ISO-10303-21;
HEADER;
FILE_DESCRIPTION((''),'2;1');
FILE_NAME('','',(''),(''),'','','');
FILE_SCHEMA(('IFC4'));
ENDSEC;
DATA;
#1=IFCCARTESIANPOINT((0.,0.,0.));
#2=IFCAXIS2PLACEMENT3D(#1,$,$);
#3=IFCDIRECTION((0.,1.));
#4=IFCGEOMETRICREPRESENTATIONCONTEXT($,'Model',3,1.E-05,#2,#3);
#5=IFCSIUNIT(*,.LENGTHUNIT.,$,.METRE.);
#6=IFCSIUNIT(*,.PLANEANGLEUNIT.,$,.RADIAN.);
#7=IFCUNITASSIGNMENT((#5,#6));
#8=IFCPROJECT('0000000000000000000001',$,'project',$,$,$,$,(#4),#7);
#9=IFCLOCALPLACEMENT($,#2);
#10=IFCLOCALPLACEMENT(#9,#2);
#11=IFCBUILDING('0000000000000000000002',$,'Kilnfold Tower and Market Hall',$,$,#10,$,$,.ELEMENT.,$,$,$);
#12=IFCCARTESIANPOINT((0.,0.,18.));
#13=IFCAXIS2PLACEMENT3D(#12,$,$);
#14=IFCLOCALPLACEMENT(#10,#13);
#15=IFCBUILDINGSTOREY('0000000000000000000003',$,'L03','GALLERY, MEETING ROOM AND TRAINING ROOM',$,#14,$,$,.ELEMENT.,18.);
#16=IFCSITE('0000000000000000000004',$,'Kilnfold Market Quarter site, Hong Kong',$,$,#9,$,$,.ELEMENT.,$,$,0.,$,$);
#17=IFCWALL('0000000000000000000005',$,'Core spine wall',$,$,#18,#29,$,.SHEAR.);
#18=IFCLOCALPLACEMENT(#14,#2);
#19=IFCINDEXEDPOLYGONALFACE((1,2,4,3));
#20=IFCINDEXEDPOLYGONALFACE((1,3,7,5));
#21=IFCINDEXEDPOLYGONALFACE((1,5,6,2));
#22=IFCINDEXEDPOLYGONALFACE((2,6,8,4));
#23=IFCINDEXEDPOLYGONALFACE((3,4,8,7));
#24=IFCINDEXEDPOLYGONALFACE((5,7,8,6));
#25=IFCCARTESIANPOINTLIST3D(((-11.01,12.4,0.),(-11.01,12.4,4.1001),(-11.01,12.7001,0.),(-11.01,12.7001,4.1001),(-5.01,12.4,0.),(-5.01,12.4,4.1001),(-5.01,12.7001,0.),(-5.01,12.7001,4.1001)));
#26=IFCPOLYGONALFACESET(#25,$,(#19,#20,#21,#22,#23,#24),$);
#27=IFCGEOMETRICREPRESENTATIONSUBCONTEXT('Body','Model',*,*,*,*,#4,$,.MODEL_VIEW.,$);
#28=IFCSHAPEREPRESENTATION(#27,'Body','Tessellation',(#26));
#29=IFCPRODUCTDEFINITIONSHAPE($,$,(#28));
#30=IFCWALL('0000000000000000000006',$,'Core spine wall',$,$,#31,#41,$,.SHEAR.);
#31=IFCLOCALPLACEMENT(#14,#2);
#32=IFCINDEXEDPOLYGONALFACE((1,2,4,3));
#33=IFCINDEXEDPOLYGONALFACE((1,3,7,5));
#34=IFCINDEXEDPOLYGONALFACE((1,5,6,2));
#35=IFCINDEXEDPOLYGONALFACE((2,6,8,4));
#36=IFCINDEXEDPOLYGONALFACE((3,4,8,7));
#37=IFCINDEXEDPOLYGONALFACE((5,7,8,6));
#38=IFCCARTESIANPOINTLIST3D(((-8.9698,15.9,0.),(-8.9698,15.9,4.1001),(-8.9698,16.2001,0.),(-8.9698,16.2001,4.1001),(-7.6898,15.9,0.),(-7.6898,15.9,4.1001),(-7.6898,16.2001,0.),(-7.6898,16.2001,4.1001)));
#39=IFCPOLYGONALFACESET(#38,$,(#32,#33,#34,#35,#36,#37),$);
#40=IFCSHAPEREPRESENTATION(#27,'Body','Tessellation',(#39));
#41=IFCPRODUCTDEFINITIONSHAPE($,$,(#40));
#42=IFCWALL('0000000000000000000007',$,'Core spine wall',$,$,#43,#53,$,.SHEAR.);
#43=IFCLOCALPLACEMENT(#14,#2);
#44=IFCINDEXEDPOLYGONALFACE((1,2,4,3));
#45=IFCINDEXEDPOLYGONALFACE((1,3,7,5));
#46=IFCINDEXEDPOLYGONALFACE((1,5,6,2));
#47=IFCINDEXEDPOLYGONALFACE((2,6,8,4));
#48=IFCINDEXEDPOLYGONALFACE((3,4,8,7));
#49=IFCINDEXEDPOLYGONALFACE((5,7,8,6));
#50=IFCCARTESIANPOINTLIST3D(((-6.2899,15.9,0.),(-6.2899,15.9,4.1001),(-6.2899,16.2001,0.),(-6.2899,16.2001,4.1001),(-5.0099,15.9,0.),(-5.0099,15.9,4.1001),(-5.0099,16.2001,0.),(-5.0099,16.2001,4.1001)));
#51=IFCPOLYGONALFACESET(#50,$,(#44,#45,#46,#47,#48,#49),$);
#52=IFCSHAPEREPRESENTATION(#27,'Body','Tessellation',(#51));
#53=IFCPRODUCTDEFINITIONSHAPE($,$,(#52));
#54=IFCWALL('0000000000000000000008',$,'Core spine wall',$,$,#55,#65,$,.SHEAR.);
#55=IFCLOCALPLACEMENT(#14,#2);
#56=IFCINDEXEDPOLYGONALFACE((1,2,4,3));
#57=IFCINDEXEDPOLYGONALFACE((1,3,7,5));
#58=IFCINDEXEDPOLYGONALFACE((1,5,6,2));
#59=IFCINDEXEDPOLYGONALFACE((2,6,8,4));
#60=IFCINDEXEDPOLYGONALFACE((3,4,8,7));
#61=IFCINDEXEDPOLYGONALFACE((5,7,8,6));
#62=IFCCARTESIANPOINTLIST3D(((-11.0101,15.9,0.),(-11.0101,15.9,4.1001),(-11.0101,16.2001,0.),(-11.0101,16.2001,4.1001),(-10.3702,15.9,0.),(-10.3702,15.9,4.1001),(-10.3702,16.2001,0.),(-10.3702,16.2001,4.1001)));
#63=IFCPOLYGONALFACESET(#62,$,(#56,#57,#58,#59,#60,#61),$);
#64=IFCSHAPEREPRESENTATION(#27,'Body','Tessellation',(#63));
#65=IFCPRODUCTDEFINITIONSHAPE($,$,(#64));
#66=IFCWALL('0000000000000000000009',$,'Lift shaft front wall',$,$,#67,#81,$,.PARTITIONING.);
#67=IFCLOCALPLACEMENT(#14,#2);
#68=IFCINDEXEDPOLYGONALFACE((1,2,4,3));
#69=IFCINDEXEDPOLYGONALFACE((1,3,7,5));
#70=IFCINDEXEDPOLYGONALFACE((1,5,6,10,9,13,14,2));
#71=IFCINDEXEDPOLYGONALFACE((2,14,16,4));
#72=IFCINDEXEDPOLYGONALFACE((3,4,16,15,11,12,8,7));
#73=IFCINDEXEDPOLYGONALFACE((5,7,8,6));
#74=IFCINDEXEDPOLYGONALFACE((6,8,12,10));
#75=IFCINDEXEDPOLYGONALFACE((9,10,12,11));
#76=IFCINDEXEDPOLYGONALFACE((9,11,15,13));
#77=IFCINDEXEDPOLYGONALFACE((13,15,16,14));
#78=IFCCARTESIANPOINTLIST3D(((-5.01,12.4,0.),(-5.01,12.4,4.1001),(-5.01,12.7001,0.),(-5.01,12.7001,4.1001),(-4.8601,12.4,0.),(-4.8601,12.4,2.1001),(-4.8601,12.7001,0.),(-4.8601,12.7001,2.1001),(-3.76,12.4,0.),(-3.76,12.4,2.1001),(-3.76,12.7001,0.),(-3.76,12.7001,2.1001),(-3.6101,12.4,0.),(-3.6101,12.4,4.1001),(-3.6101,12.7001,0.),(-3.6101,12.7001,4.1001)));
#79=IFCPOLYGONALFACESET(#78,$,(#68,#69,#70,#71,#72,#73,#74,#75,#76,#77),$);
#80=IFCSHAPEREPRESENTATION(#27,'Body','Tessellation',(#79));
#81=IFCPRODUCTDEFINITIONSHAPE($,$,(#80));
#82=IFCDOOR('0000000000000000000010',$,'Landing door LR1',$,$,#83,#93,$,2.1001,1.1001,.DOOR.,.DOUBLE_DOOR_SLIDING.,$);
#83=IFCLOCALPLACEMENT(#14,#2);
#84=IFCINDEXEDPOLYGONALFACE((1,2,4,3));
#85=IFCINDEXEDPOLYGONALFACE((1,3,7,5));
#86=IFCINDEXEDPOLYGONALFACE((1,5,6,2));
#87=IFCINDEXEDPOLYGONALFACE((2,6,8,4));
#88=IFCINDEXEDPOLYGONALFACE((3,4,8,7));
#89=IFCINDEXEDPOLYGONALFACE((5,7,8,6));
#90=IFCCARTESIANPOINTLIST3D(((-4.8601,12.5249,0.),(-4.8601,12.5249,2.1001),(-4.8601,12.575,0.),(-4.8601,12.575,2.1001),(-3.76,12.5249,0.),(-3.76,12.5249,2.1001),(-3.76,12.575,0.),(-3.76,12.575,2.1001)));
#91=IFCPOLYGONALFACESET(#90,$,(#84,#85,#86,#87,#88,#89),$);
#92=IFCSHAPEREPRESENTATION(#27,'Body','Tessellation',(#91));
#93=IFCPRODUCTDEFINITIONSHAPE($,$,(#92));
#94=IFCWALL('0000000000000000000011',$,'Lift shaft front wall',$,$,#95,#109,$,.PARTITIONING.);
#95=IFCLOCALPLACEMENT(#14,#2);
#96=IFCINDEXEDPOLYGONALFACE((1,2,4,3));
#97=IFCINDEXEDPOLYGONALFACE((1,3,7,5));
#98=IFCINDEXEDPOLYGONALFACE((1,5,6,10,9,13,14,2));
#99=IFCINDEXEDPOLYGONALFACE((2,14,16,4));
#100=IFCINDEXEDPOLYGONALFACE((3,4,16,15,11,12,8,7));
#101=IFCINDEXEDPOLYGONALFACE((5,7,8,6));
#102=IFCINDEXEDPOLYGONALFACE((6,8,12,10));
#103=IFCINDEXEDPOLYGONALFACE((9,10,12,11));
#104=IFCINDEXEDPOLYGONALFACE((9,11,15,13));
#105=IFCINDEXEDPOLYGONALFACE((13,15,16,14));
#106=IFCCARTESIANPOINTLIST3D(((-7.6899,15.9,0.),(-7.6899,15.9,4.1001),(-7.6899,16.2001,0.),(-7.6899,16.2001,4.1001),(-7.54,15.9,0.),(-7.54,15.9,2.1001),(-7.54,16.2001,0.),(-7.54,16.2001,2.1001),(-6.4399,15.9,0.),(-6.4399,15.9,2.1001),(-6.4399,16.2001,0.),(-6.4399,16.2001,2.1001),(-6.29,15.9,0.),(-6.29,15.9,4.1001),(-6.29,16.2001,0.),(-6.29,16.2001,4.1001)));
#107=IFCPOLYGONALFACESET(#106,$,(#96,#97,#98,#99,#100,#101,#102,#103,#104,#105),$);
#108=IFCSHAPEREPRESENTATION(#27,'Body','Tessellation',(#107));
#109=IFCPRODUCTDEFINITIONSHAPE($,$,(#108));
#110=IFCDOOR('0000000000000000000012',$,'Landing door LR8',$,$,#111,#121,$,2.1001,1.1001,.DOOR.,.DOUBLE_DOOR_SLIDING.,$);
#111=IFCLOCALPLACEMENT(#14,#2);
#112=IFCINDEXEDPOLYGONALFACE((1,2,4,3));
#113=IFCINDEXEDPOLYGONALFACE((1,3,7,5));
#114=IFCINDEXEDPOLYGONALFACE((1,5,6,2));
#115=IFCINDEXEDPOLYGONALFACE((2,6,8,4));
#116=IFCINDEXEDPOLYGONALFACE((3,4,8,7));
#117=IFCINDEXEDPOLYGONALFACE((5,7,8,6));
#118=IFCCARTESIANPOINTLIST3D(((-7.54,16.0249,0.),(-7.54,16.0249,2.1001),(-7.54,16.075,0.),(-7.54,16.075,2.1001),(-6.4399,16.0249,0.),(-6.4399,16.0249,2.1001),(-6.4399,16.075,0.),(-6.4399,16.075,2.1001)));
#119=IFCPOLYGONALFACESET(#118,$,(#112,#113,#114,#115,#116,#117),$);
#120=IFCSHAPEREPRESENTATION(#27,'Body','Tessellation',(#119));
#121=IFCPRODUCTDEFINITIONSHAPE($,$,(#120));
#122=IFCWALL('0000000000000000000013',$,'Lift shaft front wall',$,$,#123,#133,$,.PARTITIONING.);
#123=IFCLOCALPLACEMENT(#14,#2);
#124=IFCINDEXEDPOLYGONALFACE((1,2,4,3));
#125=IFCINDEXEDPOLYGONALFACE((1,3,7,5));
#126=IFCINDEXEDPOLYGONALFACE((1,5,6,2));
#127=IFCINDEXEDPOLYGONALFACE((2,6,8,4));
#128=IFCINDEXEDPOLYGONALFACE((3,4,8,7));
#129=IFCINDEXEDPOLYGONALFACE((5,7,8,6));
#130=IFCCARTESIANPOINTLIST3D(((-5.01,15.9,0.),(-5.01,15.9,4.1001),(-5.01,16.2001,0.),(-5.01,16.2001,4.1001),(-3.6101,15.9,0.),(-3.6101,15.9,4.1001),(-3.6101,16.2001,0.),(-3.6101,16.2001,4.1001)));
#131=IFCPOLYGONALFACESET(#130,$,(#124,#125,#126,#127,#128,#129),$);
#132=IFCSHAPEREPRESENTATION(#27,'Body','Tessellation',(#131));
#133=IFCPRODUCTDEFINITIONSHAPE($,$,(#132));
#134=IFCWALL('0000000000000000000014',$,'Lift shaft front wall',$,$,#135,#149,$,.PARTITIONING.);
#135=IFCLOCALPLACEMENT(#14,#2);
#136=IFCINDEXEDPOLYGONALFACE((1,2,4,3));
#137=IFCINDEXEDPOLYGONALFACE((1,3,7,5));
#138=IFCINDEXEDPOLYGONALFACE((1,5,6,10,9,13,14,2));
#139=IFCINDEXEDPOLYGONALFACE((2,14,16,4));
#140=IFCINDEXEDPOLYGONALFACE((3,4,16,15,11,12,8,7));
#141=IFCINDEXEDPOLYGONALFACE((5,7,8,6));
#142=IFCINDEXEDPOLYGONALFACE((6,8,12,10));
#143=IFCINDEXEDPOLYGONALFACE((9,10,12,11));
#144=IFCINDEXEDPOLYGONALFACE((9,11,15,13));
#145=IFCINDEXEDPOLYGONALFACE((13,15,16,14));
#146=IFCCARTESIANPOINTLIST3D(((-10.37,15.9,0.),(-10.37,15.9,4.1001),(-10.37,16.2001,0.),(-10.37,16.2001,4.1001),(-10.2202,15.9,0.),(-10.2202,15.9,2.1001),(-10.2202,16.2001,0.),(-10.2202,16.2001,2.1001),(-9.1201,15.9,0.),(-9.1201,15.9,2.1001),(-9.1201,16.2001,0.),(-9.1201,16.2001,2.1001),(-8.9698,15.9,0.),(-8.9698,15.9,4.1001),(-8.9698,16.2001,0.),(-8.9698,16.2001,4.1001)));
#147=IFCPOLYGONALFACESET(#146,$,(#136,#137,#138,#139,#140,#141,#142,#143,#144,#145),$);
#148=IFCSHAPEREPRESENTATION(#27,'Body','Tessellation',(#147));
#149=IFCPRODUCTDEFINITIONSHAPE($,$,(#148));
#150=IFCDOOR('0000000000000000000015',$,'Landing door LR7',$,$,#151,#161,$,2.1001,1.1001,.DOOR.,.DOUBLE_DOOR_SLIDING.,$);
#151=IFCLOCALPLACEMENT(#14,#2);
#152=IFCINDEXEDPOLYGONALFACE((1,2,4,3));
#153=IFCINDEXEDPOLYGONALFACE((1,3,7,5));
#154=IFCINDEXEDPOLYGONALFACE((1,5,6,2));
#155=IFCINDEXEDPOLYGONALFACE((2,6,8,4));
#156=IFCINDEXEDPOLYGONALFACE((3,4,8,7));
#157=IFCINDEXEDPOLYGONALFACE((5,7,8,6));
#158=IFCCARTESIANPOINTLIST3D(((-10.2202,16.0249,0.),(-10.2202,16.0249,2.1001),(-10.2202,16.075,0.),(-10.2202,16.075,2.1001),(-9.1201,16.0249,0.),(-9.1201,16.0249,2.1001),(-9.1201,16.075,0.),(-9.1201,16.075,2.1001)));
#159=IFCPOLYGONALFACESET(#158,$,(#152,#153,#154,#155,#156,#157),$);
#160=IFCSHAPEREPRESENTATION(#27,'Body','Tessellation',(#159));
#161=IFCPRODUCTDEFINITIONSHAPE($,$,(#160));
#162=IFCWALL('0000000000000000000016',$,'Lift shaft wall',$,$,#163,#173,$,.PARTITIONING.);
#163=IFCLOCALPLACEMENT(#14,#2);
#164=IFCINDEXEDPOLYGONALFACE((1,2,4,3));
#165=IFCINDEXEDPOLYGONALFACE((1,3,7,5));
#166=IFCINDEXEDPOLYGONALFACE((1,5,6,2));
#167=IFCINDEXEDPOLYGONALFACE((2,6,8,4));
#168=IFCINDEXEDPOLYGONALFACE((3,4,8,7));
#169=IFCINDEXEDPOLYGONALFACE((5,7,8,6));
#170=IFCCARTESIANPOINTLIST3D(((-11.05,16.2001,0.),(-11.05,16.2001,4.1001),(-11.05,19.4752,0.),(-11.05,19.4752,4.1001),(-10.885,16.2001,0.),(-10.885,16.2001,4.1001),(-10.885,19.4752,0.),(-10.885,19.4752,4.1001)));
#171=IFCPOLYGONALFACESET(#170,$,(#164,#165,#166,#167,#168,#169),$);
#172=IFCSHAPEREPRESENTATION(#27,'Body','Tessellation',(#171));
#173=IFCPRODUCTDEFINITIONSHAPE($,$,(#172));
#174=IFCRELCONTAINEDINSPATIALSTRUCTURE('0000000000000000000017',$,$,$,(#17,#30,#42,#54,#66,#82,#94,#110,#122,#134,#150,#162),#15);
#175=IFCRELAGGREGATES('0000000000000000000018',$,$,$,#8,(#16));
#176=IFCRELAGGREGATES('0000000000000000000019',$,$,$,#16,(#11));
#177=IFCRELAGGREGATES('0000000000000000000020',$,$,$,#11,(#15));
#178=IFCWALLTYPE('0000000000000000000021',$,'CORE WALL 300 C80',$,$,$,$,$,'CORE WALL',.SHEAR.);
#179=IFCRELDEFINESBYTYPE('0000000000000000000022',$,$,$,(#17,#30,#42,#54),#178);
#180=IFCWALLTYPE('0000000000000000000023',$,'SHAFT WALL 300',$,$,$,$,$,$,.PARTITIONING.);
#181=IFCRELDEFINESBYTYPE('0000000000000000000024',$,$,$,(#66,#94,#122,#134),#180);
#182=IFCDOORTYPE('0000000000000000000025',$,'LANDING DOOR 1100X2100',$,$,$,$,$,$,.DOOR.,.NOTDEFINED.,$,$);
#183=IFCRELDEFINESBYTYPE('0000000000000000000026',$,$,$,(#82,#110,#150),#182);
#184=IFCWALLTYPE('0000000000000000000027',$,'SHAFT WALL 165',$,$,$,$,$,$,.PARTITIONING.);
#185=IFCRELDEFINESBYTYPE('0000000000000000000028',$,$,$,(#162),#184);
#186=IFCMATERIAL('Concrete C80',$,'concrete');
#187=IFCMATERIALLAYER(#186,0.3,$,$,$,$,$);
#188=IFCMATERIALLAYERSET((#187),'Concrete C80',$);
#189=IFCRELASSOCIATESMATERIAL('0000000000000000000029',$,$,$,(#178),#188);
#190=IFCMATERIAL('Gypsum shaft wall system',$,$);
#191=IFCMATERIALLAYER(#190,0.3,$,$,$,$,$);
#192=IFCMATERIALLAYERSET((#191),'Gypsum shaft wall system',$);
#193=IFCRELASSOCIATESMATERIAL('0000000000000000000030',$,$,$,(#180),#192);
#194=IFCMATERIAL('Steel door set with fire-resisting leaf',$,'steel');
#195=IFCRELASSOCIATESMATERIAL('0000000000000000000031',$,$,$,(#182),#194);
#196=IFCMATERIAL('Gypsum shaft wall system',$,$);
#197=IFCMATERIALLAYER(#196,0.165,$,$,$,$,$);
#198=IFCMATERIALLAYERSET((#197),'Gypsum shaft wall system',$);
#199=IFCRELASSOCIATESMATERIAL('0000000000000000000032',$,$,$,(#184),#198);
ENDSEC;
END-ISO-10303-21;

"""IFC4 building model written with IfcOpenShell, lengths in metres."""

from ifc_helpers import new_model, si_unit, direction, frame, frame_2d, origin, place, context, subcontext, project, spatial, rectangle, extrude, source, transform, mapped, material, layer, layer_set, type_object, element, fill, save


model = new_model("IFC4")

# Units and contexts
model_context = context("Model", 3, precision=1e-05, world=origin(), true_north=direction((0.0, 1.0)))
body_context = subcontext(model_context, "Body", "Model", "MODEL_VIEW")
ifc_project = project(units=[si_unit("LENGTHUNIT", "METRE"), si_unit("PLANEANGLEUNIT", "RADIAN")], contexts=[model_context])

# Site, building, storey
site_placement = place(None, origin())
site = spatial("IfcSite", under=ifc_project, at=site_placement, Name="Kilnfold Market Quarter site, Hong Kong", CompositionType="ELEMENT", RefElevation=0.0)
building_placement = place(site_placement, origin())
building = spatial("IfcBuilding", under=site, at=building_placement, Name="Kilnfold Tower and Market Hall", CompositionType="ELEMENT")
storey_placement = place(building_placement, frame((0.0, 0.0, 18.0)))
storey = spatial("IfcBuildingStorey", under=building, at=storey_placement, Name="L03", Description="GALLERY, MEETING ROOM AND TRAINING ROOM", CompositionType="ELEMENT", Elevation=18.0)

# Walls
ifc_material_1 = material(Name="Concrete C80", Category="concrete")
ifc_layer_1 = layer(ifc_material_1, 0.3)
ifc_layer_set_1 = layer_set([ifc_layer_1], Name="Concrete C80")
wall_type_1 = type_object("IfcWallType", Name="CORE WALL 300 C80", ElementType="CORE WALL", PredefinedType="SHEAR", material=ifc_layer_set_1)
shared_shape_1 = source(origin(), body_context, "Body", "SweptSolid", [
    extrude(rectangle(XDim=6.0, YDim=0.3, at=frame_2d((3.0, 0.0))), origin(), (0.0, 0.0, 1.0), 4.1001),
])
wall_1_placement = place(storey_placement, frame((-11.01, 12.55, 0.0), z_axis=(0.0, 0.0, 1.0), x_axis=(1.0, 0.0, 0.0)))
element("IfcWall", 1, at=wall_1_placement, inside=storey, type_object=wall_type_1, Name="Core spine wall", PredefinedType="SHEAR", context=body_context, shape_type="MappedRepresentation", body=[
    mapped(shared_shape_1, transform((0.0, 0.0, 0.0))),
])
shared_shape_2 = source(origin(), body_context, "Body", "SweptSolid", [
    extrude(rectangle(XDim=1.28, YDim=0.3, at=frame_2d((0.6401, 0.0))), origin(), (0.0, 0.0, 1.0), 4.1001),
])
for number, where, z_axis, x_axis, name in (
    (2, (-8.97, 16.05, 0.0), (0.0, 0.0, 1.0), (1.0, 0.0, 0.0), "Core spine wall"),
    (3, (-6.29, 16.05, 0.0), (0.0, 0.0, 1.0), (1.0, 0.0, 0.0), "Core spine wall"),
):
    element("IfcWall", number, at=place(storey_placement, frame(where, z_axis=z_axis, x_axis=x_axis)), inside=storey, type_object=wall_type_1, Name=name, PredefinedType="SHEAR", context=body_context, shape_type="MappedRepresentation", body=[
        mapped(shared_shape_2, transform((0.0, 0.0, 0.0))),
    ])
shared_shape_3 = source(origin(), body_context, "Body", "SweptSolid", [
    extrude(rectangle(XDim=0.6399, YDim=0.3, at=frame_2d((0.3198, 0.0))), origin(), (0.0, 0.0, 1.0), 4.1001),
])
wall_2_placement = place(storey_placement, frame((-11.01, 16.05, 0.0), z_axis=(0.0, 0.0, 1.0), x_axis=(1.0, 0.0, 0.0)))
element("IfcWall", 4, at=wall_2_placement, inside=storey, type_object=wall_type_1, Name="Core spine wall", PredefinedType="SHEAR", context=body_context, shape_type="MappedRepresentation", body=[
    mapped(shared_shape_3, transform((0.0, 0.0, 0.0))),
])

# Walls, openings, doors
ifc_material_2 = material(Name="Gypsum shaft wall system")
ifc_layer_2 = layer(ifc_material_2, 0.3)
ifc_layer_set_2 = layer_set([ifc_layer_2], Name="Gypsum shaft wall system")
wall_type_2 = type_object("IfcWallType", Name="SHAFT WALL 300", PredefinedType="PARTITIONING", material=ifc_layer_set_2)
shared_shape_4 = source(origin(), body_context, "Body", "SweptSolid", [
    extrude(rectangle(XDim=1.3999, YDim=0.3, at=frame_2d((0.7, 0.0))), origin(), (0.0, 0.0, 1.0), 4.1001),
])
wall_3_placement = place(storey_placement, frame((-5.01, 12.55, 0.0), z_axis=(0.0, 0.0, 1.0), x_axis=(1.0, 0.0, 0.0)))
wall_3 = element("IfcWall", 5, at=wall_3_placement, inside=storey, type_object=wall_type_2, Name="Lift shaft front wall", PredefinedType="PARTITIONING", context=body_context, shape_type="MappedRepresentation", body=[
    mapped(shared_shape_4, transform((0.0, 0.0, 0.0))),
])
opening_1_placement = place(wall_3_placement, frame((0.1499, 0.0, 0.0)))
opening_1 = element("IfcOpeningElement", 6, at=opening_1_placement, cuts=wall_3, PredefinedType="OPENING", context=body_context, shape_type="SweptSolid", body=[
    extrude(rectangle(XDim=1.1001, YDim=2.1001, at=frame_2d((0.55, 1.05))), frame((0.0, 0.1602, 0.0), z_axis=(0.0, -1.0, 0.0), x_axis=(1.0, 0.0, 0.0)), (0.0, 0.0, 1.0), 0.3201),
])
ifc_material_3 = material(Name="Steel door set with fire-resisting leaf", Category="steel")
door_type = type_object("IfcDoorType", Name="LANDING DOOR 1100X2100", OperationType="NOTDEFINED", PredefinedType="DOOR", material=ifc_material_3)
door_1_placement = place(opening_1_placement, origin())
door_1 = element("IfcDoor", 7, at=door_1_placement, inside=storey, type_object=door_type, Name="Landing door LR1", OperationType="DOUBLE_DOOR_SLIDING", OverallHeight=2.1001, OverallWidth=1.1001, PredefinedType="DOOR", context=body_context, shape_type="SweptSolid", body=[
    extrude(rectangle(XDim=1.1001, YDim=2.1001, at=frame_2d((0.55, 1.05))), frame((0.0, 0.0249, 0.0), z_axis=(0.0, -1.0, 0.0), x_axis=(1.0, 0.0, 0.0)), (0.0, 0.0, 1.0), 0.05),
])
fill(opening_1, door_1)
wall_4_placement = place(storey_placement, frame((-7.6899, 16.05, 0.0), z_axis=(0.0, 0.0, 1.0), x_axis=(1.0, 0.0, 0.0)))
wall_4 = element("IfcWall", 8, at=wall_4_placement, inside=storey, type_object=wall_type_2, Name="Lift shaft front wall", PredefinedType="PARTITIONING", context=body_context, shape_type="MappedRepresentation", body=[
    mapped(shared_shape_4, transform((0.0, 0.0, 0.0))),
])
opening_2_placement = place(wall_4_placement, frame((0.1499, 0.0, 0.0)))
opening_2 = element("IfcOpeningElement", 9, at=opening_2_placement, cuts=wall_4, PredefinedType="OPENING", context=body_context, shape_type="SweptSolid", body=[
    extrude(rectangle(XDim=1.1001, YDim=2.1001, at=frame_2d((0.55, 1.05))), frame((0.0, 0.1602, 0.0), z_axis=(0.0, -1.0, 0.0), x_axis=(1.0, 0.0, 0.0)), (0.0, 0.0, 1.0), 0.3201),
])
door_2_placement = place(opening_2_placement, origin())
door_2 = element("IfcDoor", 10, at=door_2_placement, inside=storey, type_object=door_type, Name="Landing door LR8", OperationType="DOUBLE_DOOR_SLIDING", OverallHeight=2.1001, OverallWidth=1.1001, PredefinedType="DOOR", context=body_context, shape_type="SweptSolid", body=[
    extrude(rectangle(XDim=1.1001, YDim=2.1001, at=frame_2d((0.55, 1.05))), frame((0.0, 0.0249, 0.0), z_axis=(0.0, -1.0, 0.0), x_axis=(1.0, 0.0, 0.0)), (0.0, 0.0, 1.0), 0.05),
])
fill(opening_2, door_2)

# Wall
wall_5_placement = place(storey_placement, frame((-5.01, 16.05, 0.0), z_axis=(0.0, 0.0, 1.0), x_axis=(1.0, 0.0, 0.0)))
element("IfcWall", 11, at=wall_5_placement, inside=storey, type_object=wall_type_2, Name="Lift shaft front wall", PredefinedType="PARTITIONING", context=body_context, shape_type="MappedRepresentation", body=[
    mapped(shared_shape_4, transform((0.0, 0.0, 0.0))),
])

# Wall, opening, door
shared_shape_5 = source(origin(), body_context, "Body", "SweptSolid", [
    extrude(rectangle(XDim=1.4001, YDim=0.3, at=frame_2d((0.7002, 0.0))), origin(), (0.0, 0.0, 1.0), 4.1001),
])
wall_6_placement = place(storey_placement, frame((-10.3701, 16.05, 0.0), z_axis=(0.0, 0.0, 1.0), x_axis=(1.0, 0.0, 0.0)))
wall_6 = element("IfcWall", 12, at=wall_6_placement, inside=storey, type_object=wall_type_2, Name="Lift shaft front wall", PredefinedType="PARTITIONING", context=body_context, shape_type="MappedRepresentation", body=[
    mapped(shared_shape_5, transform((0.0, 0.0, 0.0))),
])
opening_3_placement = place(wall_6_placement, frame((0.1499, 0.0, 0.0)))
opening_3 = element("IfcOpeningElement", 13, at=opening_3_placement, cuts=wall_6, PredefinedType="OPENING", context=body_context, shape_type="SweptSolid", body=[
    extrude(rectangle(XDim=1.1001, YDim=2.1001, at=frame_2d((0.55, 1.05))), frame((0.0, 0.1602, 0.0), z_axis=(0.0, -1.0, 0.0), x_axis=(1.0, 0.0, 0.0)), (0.0, 0.0, 1.0), 0.3201),
])
door_3_placement = place(opening_3_placement, origin())
door_3 = element("IfcDoor", 14, at=door_3_placement, inside=storey, type_object=door_type, Name="Landing door LR7", OperationType="DOUBLE_DOOR_SLIDING", OverallHeight=2.1001, OverallWidth=1.1001, PredefinedType="DOOR", context=body_context, shape_type="SweptSolid", body=[
    extrude(rectangle(XDim=1.1001, YDim=2.1001, at=frame_2d((0.55, 1.05))), frame((0.0, 0.0249, 0.0), z_axis=(0.0, -1.0, 0.0), x_axis=(1.0, 0.0, 0.0)), (0.0, 0.0, 1.0), 0.05),
])
fill(opening_3, door_3)

# Wall
ifc_material_4 = material(Name="Gypsum shaft wall system")
ifc_layer_3 = layer(ifc_material_4, 0.165)
ifc_layer_set_3 = layer_set([ifc_layer_3], Name="Gypsum shaft wall system")
wall_type_3 = type_object("IfcWallType", Name="SHAFT WALL 165", PredefinedType="PARTITIONING", material=ifc_layer_set_3)
shared_shape_6 = source(origin(), body_context, "Body", "SweptSolid", [
    extrude(rectangle(XDim=3.2751, YDim=0.165, at=frame_2d((1.6377, 0.0))), origin(), (0.0, 0.0, 1.0), 4.1001),
])
wall_7_placement = place(storey_placement, frame((-10.9675, 16.2, 0.0), z_axis=(0.0, 0.0, 1.0), x_axis=(0.0, 1.0, 0.0)))
element("IfcWall", 15, at=wall_7_placement, inside=storey, type_object=wall_type_3, Name="Lift shaft wall", PredefinedType="PARTITIONING", context=body_context, shape_type="MappedRepresentation", body=[
    mapped(shared_shape_6, transform((0.0, 0.0, 0.0))),
])

save(model, "model.ifc")
